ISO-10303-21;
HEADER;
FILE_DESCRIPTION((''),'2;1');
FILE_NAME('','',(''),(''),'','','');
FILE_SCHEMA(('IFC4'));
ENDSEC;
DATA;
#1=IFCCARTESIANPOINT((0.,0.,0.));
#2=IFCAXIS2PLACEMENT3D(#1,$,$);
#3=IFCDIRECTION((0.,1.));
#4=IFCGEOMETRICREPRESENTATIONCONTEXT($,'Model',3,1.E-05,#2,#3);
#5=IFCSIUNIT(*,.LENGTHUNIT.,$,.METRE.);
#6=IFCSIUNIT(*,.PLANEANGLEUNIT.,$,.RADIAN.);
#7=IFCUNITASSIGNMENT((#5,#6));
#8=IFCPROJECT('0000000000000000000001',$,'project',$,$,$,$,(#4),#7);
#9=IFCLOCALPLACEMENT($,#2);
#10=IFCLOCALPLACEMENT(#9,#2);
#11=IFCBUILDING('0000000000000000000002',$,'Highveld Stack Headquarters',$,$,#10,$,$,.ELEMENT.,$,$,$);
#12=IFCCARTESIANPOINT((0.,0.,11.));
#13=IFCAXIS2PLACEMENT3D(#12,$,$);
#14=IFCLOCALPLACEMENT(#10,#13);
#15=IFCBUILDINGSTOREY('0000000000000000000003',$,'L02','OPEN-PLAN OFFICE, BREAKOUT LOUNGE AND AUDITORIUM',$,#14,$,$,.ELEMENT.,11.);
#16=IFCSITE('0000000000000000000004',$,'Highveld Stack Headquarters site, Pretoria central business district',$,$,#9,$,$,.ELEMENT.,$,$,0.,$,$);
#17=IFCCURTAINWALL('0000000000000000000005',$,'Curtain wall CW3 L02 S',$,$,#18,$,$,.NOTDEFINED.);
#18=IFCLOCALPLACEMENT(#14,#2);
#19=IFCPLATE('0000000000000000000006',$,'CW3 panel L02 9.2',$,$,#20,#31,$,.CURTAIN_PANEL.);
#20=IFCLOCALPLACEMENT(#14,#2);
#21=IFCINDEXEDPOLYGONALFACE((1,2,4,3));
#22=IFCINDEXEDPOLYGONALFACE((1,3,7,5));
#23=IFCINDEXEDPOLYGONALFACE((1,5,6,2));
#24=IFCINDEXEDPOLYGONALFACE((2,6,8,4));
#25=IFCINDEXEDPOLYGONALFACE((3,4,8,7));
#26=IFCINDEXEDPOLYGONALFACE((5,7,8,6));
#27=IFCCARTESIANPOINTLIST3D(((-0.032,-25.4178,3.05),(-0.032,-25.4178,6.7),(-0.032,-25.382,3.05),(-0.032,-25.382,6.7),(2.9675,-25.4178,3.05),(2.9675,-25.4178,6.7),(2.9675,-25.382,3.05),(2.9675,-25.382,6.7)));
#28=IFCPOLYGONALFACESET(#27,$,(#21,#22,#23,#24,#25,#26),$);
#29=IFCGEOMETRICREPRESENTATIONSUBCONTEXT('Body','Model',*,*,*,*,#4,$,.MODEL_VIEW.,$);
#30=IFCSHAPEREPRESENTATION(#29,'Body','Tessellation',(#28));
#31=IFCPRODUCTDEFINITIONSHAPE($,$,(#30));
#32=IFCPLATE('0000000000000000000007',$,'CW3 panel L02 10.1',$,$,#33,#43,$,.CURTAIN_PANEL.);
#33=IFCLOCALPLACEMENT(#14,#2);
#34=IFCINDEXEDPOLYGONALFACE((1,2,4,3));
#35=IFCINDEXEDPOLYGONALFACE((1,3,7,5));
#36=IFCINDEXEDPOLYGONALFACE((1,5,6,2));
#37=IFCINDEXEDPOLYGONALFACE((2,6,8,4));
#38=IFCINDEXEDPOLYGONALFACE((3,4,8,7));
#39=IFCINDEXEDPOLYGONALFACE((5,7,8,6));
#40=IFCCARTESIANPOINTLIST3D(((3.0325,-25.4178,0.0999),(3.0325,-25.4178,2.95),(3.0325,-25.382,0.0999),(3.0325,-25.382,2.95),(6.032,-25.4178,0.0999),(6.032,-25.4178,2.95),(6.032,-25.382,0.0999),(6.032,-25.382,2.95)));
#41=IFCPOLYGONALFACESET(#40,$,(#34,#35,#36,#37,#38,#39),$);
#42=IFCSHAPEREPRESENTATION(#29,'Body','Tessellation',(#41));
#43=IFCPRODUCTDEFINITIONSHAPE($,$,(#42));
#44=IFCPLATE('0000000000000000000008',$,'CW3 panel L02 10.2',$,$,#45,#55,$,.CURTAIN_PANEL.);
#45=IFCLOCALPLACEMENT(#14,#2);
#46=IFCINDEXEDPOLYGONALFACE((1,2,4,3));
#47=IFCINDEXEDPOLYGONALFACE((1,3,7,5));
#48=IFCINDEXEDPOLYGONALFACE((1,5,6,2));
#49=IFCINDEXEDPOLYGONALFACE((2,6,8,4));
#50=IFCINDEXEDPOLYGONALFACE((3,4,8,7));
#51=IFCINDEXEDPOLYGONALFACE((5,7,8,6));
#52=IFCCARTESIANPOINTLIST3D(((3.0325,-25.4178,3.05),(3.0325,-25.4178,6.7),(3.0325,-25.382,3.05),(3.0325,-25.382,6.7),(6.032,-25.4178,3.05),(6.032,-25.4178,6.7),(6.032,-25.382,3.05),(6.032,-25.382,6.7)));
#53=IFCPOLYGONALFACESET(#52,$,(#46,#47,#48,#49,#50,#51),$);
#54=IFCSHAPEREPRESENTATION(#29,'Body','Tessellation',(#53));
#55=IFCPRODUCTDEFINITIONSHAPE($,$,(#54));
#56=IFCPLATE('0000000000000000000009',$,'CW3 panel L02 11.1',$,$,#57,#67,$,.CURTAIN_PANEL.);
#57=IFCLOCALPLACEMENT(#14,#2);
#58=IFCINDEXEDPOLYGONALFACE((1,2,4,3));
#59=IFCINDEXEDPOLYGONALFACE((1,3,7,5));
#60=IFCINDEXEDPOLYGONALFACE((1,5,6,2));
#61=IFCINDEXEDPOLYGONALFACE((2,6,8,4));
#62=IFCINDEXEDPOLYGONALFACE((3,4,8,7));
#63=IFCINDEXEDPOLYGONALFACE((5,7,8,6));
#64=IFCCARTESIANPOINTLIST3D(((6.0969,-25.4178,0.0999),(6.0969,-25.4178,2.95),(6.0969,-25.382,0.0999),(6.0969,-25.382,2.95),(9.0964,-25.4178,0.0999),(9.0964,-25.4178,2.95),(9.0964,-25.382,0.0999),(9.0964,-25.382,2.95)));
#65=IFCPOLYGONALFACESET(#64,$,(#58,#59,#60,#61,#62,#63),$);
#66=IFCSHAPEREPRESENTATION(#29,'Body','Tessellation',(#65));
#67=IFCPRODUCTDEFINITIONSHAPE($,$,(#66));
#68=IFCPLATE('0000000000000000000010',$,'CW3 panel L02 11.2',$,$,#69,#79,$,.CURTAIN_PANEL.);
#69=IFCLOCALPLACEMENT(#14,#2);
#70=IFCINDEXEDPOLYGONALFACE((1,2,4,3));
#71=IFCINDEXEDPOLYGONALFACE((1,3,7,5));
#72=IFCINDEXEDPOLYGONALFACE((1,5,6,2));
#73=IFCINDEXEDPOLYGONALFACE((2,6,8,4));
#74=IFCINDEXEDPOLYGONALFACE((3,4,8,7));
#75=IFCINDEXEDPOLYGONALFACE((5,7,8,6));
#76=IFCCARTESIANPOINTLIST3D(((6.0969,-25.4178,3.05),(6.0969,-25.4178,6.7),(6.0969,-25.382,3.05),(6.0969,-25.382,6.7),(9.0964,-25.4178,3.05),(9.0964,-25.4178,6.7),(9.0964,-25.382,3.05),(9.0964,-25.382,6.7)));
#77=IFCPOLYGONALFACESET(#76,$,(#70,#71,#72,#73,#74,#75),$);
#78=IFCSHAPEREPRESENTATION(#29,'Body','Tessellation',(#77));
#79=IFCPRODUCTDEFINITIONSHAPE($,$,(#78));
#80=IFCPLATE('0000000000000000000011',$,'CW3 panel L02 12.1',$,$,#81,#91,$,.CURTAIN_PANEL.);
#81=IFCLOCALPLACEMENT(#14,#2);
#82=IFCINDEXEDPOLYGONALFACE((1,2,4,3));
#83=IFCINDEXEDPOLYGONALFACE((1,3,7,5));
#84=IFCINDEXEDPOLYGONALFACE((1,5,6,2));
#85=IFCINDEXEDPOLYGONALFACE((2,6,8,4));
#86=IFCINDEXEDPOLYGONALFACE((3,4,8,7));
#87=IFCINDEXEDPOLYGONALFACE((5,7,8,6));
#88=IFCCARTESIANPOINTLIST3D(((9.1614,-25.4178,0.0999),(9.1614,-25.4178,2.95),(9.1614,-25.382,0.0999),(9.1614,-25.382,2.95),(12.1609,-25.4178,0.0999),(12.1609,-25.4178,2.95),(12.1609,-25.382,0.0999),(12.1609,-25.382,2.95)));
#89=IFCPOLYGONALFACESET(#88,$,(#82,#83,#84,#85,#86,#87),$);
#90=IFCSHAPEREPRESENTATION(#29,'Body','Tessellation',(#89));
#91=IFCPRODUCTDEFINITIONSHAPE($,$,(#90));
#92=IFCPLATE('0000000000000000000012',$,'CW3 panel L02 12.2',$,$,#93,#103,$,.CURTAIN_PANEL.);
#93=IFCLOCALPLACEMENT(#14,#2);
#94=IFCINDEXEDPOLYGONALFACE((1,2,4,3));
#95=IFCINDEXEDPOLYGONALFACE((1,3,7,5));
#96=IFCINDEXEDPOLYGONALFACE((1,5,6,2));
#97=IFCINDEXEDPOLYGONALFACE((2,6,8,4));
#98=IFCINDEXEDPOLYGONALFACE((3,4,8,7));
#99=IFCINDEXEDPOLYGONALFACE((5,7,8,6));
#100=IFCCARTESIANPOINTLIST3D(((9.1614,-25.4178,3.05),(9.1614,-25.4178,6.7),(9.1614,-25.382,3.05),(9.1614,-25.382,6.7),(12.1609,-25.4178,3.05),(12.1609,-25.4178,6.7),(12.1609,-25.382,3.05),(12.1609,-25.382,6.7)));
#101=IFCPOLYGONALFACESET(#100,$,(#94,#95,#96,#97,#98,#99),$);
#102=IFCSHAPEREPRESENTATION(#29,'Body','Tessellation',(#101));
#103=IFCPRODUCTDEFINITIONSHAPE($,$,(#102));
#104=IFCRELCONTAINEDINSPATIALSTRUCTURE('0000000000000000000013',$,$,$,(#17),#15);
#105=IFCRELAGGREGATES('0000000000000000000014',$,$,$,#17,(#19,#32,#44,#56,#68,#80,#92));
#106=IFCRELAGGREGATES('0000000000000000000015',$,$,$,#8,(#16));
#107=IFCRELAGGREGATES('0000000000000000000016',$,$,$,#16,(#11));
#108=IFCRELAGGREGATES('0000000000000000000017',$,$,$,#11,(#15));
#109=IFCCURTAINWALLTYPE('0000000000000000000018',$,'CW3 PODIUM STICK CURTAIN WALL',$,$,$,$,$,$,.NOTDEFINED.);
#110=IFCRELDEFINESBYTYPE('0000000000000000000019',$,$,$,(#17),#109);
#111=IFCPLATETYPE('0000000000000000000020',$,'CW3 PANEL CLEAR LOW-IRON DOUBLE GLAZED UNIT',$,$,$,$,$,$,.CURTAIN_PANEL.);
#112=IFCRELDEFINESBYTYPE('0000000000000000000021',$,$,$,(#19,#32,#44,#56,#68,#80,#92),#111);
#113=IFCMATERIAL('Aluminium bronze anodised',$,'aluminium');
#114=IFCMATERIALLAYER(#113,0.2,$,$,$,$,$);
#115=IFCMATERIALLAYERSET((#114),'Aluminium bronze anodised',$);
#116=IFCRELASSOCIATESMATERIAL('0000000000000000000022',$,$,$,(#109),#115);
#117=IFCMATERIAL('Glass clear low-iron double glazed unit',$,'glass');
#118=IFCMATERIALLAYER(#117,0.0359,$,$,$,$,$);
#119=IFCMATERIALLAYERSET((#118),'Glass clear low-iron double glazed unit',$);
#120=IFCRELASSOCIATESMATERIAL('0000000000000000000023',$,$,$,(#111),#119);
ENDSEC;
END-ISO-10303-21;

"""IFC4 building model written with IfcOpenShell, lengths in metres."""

from ifc_helpers import new_model, si_unit, direction, frame, origin, origin_2d, place, context, subcontext, project, spatial, rectangle, extrude, material, layer, layer_set, type_object, element, aggregate, save


model = new_model("IFC4")

# Units and contexts
model_context = context("Model", 3, precision=1e-05, world=origin(), true_north=direction((0.0, 1.0)))
body_context = subcontext(model_context, "Body", "Model", "MODEL_VIEW")
ifc_project = project(units=[si_unit("LENGTHUNIT", "METRE"), si_unit("PLANEANGLEUNIT", "RADIAN")], contexts=[model_context])

# Site, building, storey
site_placement = place(None, origin())
site = spatial("IfcSite", under=ifc_project, at=site_placement, Name="Highveld Stack Headquarters site, Pretoria central business district", CompositionType="ELEMENT", RefElevation=0.0)
building_placement = place(site_placement, origin())
building = spatial("IfcBuilding", under=site, at=building_placement, Name="Highveld Stack Headquarters", CompositionType="ELEMENT")
storey_placement = place(building_placement, frame((0.0, 0.0, 11.0)))
storey = spatial("IfcBuildingStorey", under=building, at=storey_placement, Name="L02", Description="OPEN-PLAN OFFICE, BREAKOUT LOUNGE AND AUDITORIUM", CompositionType="ELEMENT", Elevation=11.0)

# Curtain wall, plates
ifc_material_1 = material(Name="Aluminium bronze anodised", Category="aluminium")
ifc_layer_1 = layer(ifc_material_1, 0.2)
ifc_layer_set_1 = layer_set([ifc_layer_1], Name="Aluminium bronze anodised")
curtain_wall_type = type_object("IfcCurtainWallType", Name="CW3 PODIUM STICK CURTAIN WALL", PredefinedType="NOTDEFINED", material=ifc_layer_set_1)
curtain_wall_placement = place(storey_placement, origin())
curtain_wall = element("IfcCurtainWall", 1, at=curtain_wall_placement, inside=storey, type_object=curtain_wall_type, Name="Curtain wall CW3 L02 S", PredefinedType="NOTDEFINED")
ifc_material_2 = material(Name="Glass clear low-iron double glazed unit", Category="glass")
ifc_layer_2 = layer(ifc_material_2, 0.0359)
ifc_layer_set_2 = layer_set([ifc_layer_2], Name="Glass clear low-iron double glazed unit")
plate_type = type_object("IfcPlateType", Name="CW3 PANEL CLEAR LOW-IRON DOUBLE GLAZED UNIT", PredefinedType="CURTAIN_PANEL", material=ifc_layer_set_2)
plate_1_placement = place(storey_placement, frame((1.4678, -25.3999, 3.05), z_axis=(0.0, 0.0, 1.0), x_axis=(1.0, 0.0, 0.0)))
plate_1 = element("IfcPlate", 2, at=plate_1_placement, type_object=plate_type, Name="CW3 panel L02 9.2", PredefinedType="CURTAIN_PANEL", context=body_context, shape_type="SweptSolid", body=[
    extrude(rectangle(XDim=2.9995, YDim=0.0359, at=origin_2d()), origin(), (0.0, 0.0, 1.0), 3.6499),
])
plate_2_placement = place(storey_placement, frame((4.5322, -25.3999, 0.0999), z_axis=(0.0, 0.0, 1.0), x_axis=(1.0, 0.0, 0.0)))
plate_2 = element("IfcPlate", 3, at=plate_2_placement, type_object=plate_type, Name="CW3 panel L02 10.1", PredefinedType="CURTAIN_PANEL", context=body_context, shape_type="SweptSolid", body=[
    extrude(rectangle(XDim=2.9995, YDim=0.0359, at=origin_2d()), origin(), (0.0, 0.0, 1.0), 2.8501),
])
plate_3_placement = place(storey_placement, frame((4.5322, -25.3999, 3.05), z_axis=(0.0, 0.0, 1.0), x_axis=(1.0, 0.0, 0.0)))
plate_3 = element("IfcPlate", 4, at=plate_3_placement, type_object=plate_type, Name="CW3 panel L02 10.2", PredefinedType="CURTAIN_PANEL", context=body_context, shape_type="SweptSolid", body=[
    extrude(rectangle(XDim=2.9995, YDim=0.0359, at=origin_2d()), origin(), (0.0, 0.0, 1.0), 3.6499),
])
plate_4_placement = place(storey_placement, frame((7.5967, -25.3999, 0.0999), z_axis=(0.0, 0.0, 1.0), x_axis=(1.0, 0.0, 0.0)))
plate_4 = element("IfcPlate", 5, at=plate_4_placement, type_object=plate_type, Name="CW3 panel L02 11.1", PredefinedType="CURTAIN_PANEL", context=body_context, shape_type="SweptSolid", body=[
    extrude(rectangle(XDim=2.9995, YDim=0.0359, at=origin_2d()), origin(), (0.0, 0.0, 1.0), 2.8501),
])
plate_5_placement = place(storey_placement, frame((7.5967, -25.3999, 3.05), z_axis=(0.0, 0.0, 1.0), x_axis=(1.0, 0.0, 0.0)))
plate_5 = element("IfcPlate", 6, at=plate_5_placement, type_object=plate_type, Name="CW3 panel L02 11.2", PredefinedType="CURTAIN_PANEL", context=body_context, shape_type="SweptSolid", body=[
    extrude(rectangle(XDim=2.9995, YDim=0.0359, at=origin_2d()), origin(), (0.0, 0.0, 1.0), 3.6499),
])
plate_6_placement = place(storey_placement, frame((10.6611, -25.3999, 0.0999), z_axis=(0.0, 0.0, 1.0), x_axis=(1.0, 0.0, 0.0)))
plate_6 = element("IfcPlate", 7, at=plate_6_placement, type_object=plate_type, Name="CW3 panel L02 12.1", PredefinedType="CURTAIN_PANEL", context=body_context, shape_type="SweptSolid", body=[
    extrude(rectangle(XDim=2.9995, YDim=0.0359, at=origin_2d()), origin(), (0.0, 0.0, 1.0), 2.8501),
])
plate_7_placement = place(storey_placement, frame((10.6611, -25.3999, 3.05), z_axis=(0.0, 0.0, 1.0), x_axis=(1.0, 0.0, 0.0)))
plate_7 = element("IfcPlate", 8, at=plate_7_placement, type_object=plate_type, Name="CW3 panel L02 12.2", PredefinedType="CURTAIN_PANEL", context=body_context, shape_type="SweptSolid", body=[
    extrude(rectangle(XDim=2.9995, YDim=0.0359, at=origin_2d()), origin(), (0.0, 0.0, 1.0), 3.6499),
])
aggregate(curtain_wall, [plate_1, plate_2, plate_3, plate_4, plate_5, plate_6, plate_7])

save(model, "model.ifc")
